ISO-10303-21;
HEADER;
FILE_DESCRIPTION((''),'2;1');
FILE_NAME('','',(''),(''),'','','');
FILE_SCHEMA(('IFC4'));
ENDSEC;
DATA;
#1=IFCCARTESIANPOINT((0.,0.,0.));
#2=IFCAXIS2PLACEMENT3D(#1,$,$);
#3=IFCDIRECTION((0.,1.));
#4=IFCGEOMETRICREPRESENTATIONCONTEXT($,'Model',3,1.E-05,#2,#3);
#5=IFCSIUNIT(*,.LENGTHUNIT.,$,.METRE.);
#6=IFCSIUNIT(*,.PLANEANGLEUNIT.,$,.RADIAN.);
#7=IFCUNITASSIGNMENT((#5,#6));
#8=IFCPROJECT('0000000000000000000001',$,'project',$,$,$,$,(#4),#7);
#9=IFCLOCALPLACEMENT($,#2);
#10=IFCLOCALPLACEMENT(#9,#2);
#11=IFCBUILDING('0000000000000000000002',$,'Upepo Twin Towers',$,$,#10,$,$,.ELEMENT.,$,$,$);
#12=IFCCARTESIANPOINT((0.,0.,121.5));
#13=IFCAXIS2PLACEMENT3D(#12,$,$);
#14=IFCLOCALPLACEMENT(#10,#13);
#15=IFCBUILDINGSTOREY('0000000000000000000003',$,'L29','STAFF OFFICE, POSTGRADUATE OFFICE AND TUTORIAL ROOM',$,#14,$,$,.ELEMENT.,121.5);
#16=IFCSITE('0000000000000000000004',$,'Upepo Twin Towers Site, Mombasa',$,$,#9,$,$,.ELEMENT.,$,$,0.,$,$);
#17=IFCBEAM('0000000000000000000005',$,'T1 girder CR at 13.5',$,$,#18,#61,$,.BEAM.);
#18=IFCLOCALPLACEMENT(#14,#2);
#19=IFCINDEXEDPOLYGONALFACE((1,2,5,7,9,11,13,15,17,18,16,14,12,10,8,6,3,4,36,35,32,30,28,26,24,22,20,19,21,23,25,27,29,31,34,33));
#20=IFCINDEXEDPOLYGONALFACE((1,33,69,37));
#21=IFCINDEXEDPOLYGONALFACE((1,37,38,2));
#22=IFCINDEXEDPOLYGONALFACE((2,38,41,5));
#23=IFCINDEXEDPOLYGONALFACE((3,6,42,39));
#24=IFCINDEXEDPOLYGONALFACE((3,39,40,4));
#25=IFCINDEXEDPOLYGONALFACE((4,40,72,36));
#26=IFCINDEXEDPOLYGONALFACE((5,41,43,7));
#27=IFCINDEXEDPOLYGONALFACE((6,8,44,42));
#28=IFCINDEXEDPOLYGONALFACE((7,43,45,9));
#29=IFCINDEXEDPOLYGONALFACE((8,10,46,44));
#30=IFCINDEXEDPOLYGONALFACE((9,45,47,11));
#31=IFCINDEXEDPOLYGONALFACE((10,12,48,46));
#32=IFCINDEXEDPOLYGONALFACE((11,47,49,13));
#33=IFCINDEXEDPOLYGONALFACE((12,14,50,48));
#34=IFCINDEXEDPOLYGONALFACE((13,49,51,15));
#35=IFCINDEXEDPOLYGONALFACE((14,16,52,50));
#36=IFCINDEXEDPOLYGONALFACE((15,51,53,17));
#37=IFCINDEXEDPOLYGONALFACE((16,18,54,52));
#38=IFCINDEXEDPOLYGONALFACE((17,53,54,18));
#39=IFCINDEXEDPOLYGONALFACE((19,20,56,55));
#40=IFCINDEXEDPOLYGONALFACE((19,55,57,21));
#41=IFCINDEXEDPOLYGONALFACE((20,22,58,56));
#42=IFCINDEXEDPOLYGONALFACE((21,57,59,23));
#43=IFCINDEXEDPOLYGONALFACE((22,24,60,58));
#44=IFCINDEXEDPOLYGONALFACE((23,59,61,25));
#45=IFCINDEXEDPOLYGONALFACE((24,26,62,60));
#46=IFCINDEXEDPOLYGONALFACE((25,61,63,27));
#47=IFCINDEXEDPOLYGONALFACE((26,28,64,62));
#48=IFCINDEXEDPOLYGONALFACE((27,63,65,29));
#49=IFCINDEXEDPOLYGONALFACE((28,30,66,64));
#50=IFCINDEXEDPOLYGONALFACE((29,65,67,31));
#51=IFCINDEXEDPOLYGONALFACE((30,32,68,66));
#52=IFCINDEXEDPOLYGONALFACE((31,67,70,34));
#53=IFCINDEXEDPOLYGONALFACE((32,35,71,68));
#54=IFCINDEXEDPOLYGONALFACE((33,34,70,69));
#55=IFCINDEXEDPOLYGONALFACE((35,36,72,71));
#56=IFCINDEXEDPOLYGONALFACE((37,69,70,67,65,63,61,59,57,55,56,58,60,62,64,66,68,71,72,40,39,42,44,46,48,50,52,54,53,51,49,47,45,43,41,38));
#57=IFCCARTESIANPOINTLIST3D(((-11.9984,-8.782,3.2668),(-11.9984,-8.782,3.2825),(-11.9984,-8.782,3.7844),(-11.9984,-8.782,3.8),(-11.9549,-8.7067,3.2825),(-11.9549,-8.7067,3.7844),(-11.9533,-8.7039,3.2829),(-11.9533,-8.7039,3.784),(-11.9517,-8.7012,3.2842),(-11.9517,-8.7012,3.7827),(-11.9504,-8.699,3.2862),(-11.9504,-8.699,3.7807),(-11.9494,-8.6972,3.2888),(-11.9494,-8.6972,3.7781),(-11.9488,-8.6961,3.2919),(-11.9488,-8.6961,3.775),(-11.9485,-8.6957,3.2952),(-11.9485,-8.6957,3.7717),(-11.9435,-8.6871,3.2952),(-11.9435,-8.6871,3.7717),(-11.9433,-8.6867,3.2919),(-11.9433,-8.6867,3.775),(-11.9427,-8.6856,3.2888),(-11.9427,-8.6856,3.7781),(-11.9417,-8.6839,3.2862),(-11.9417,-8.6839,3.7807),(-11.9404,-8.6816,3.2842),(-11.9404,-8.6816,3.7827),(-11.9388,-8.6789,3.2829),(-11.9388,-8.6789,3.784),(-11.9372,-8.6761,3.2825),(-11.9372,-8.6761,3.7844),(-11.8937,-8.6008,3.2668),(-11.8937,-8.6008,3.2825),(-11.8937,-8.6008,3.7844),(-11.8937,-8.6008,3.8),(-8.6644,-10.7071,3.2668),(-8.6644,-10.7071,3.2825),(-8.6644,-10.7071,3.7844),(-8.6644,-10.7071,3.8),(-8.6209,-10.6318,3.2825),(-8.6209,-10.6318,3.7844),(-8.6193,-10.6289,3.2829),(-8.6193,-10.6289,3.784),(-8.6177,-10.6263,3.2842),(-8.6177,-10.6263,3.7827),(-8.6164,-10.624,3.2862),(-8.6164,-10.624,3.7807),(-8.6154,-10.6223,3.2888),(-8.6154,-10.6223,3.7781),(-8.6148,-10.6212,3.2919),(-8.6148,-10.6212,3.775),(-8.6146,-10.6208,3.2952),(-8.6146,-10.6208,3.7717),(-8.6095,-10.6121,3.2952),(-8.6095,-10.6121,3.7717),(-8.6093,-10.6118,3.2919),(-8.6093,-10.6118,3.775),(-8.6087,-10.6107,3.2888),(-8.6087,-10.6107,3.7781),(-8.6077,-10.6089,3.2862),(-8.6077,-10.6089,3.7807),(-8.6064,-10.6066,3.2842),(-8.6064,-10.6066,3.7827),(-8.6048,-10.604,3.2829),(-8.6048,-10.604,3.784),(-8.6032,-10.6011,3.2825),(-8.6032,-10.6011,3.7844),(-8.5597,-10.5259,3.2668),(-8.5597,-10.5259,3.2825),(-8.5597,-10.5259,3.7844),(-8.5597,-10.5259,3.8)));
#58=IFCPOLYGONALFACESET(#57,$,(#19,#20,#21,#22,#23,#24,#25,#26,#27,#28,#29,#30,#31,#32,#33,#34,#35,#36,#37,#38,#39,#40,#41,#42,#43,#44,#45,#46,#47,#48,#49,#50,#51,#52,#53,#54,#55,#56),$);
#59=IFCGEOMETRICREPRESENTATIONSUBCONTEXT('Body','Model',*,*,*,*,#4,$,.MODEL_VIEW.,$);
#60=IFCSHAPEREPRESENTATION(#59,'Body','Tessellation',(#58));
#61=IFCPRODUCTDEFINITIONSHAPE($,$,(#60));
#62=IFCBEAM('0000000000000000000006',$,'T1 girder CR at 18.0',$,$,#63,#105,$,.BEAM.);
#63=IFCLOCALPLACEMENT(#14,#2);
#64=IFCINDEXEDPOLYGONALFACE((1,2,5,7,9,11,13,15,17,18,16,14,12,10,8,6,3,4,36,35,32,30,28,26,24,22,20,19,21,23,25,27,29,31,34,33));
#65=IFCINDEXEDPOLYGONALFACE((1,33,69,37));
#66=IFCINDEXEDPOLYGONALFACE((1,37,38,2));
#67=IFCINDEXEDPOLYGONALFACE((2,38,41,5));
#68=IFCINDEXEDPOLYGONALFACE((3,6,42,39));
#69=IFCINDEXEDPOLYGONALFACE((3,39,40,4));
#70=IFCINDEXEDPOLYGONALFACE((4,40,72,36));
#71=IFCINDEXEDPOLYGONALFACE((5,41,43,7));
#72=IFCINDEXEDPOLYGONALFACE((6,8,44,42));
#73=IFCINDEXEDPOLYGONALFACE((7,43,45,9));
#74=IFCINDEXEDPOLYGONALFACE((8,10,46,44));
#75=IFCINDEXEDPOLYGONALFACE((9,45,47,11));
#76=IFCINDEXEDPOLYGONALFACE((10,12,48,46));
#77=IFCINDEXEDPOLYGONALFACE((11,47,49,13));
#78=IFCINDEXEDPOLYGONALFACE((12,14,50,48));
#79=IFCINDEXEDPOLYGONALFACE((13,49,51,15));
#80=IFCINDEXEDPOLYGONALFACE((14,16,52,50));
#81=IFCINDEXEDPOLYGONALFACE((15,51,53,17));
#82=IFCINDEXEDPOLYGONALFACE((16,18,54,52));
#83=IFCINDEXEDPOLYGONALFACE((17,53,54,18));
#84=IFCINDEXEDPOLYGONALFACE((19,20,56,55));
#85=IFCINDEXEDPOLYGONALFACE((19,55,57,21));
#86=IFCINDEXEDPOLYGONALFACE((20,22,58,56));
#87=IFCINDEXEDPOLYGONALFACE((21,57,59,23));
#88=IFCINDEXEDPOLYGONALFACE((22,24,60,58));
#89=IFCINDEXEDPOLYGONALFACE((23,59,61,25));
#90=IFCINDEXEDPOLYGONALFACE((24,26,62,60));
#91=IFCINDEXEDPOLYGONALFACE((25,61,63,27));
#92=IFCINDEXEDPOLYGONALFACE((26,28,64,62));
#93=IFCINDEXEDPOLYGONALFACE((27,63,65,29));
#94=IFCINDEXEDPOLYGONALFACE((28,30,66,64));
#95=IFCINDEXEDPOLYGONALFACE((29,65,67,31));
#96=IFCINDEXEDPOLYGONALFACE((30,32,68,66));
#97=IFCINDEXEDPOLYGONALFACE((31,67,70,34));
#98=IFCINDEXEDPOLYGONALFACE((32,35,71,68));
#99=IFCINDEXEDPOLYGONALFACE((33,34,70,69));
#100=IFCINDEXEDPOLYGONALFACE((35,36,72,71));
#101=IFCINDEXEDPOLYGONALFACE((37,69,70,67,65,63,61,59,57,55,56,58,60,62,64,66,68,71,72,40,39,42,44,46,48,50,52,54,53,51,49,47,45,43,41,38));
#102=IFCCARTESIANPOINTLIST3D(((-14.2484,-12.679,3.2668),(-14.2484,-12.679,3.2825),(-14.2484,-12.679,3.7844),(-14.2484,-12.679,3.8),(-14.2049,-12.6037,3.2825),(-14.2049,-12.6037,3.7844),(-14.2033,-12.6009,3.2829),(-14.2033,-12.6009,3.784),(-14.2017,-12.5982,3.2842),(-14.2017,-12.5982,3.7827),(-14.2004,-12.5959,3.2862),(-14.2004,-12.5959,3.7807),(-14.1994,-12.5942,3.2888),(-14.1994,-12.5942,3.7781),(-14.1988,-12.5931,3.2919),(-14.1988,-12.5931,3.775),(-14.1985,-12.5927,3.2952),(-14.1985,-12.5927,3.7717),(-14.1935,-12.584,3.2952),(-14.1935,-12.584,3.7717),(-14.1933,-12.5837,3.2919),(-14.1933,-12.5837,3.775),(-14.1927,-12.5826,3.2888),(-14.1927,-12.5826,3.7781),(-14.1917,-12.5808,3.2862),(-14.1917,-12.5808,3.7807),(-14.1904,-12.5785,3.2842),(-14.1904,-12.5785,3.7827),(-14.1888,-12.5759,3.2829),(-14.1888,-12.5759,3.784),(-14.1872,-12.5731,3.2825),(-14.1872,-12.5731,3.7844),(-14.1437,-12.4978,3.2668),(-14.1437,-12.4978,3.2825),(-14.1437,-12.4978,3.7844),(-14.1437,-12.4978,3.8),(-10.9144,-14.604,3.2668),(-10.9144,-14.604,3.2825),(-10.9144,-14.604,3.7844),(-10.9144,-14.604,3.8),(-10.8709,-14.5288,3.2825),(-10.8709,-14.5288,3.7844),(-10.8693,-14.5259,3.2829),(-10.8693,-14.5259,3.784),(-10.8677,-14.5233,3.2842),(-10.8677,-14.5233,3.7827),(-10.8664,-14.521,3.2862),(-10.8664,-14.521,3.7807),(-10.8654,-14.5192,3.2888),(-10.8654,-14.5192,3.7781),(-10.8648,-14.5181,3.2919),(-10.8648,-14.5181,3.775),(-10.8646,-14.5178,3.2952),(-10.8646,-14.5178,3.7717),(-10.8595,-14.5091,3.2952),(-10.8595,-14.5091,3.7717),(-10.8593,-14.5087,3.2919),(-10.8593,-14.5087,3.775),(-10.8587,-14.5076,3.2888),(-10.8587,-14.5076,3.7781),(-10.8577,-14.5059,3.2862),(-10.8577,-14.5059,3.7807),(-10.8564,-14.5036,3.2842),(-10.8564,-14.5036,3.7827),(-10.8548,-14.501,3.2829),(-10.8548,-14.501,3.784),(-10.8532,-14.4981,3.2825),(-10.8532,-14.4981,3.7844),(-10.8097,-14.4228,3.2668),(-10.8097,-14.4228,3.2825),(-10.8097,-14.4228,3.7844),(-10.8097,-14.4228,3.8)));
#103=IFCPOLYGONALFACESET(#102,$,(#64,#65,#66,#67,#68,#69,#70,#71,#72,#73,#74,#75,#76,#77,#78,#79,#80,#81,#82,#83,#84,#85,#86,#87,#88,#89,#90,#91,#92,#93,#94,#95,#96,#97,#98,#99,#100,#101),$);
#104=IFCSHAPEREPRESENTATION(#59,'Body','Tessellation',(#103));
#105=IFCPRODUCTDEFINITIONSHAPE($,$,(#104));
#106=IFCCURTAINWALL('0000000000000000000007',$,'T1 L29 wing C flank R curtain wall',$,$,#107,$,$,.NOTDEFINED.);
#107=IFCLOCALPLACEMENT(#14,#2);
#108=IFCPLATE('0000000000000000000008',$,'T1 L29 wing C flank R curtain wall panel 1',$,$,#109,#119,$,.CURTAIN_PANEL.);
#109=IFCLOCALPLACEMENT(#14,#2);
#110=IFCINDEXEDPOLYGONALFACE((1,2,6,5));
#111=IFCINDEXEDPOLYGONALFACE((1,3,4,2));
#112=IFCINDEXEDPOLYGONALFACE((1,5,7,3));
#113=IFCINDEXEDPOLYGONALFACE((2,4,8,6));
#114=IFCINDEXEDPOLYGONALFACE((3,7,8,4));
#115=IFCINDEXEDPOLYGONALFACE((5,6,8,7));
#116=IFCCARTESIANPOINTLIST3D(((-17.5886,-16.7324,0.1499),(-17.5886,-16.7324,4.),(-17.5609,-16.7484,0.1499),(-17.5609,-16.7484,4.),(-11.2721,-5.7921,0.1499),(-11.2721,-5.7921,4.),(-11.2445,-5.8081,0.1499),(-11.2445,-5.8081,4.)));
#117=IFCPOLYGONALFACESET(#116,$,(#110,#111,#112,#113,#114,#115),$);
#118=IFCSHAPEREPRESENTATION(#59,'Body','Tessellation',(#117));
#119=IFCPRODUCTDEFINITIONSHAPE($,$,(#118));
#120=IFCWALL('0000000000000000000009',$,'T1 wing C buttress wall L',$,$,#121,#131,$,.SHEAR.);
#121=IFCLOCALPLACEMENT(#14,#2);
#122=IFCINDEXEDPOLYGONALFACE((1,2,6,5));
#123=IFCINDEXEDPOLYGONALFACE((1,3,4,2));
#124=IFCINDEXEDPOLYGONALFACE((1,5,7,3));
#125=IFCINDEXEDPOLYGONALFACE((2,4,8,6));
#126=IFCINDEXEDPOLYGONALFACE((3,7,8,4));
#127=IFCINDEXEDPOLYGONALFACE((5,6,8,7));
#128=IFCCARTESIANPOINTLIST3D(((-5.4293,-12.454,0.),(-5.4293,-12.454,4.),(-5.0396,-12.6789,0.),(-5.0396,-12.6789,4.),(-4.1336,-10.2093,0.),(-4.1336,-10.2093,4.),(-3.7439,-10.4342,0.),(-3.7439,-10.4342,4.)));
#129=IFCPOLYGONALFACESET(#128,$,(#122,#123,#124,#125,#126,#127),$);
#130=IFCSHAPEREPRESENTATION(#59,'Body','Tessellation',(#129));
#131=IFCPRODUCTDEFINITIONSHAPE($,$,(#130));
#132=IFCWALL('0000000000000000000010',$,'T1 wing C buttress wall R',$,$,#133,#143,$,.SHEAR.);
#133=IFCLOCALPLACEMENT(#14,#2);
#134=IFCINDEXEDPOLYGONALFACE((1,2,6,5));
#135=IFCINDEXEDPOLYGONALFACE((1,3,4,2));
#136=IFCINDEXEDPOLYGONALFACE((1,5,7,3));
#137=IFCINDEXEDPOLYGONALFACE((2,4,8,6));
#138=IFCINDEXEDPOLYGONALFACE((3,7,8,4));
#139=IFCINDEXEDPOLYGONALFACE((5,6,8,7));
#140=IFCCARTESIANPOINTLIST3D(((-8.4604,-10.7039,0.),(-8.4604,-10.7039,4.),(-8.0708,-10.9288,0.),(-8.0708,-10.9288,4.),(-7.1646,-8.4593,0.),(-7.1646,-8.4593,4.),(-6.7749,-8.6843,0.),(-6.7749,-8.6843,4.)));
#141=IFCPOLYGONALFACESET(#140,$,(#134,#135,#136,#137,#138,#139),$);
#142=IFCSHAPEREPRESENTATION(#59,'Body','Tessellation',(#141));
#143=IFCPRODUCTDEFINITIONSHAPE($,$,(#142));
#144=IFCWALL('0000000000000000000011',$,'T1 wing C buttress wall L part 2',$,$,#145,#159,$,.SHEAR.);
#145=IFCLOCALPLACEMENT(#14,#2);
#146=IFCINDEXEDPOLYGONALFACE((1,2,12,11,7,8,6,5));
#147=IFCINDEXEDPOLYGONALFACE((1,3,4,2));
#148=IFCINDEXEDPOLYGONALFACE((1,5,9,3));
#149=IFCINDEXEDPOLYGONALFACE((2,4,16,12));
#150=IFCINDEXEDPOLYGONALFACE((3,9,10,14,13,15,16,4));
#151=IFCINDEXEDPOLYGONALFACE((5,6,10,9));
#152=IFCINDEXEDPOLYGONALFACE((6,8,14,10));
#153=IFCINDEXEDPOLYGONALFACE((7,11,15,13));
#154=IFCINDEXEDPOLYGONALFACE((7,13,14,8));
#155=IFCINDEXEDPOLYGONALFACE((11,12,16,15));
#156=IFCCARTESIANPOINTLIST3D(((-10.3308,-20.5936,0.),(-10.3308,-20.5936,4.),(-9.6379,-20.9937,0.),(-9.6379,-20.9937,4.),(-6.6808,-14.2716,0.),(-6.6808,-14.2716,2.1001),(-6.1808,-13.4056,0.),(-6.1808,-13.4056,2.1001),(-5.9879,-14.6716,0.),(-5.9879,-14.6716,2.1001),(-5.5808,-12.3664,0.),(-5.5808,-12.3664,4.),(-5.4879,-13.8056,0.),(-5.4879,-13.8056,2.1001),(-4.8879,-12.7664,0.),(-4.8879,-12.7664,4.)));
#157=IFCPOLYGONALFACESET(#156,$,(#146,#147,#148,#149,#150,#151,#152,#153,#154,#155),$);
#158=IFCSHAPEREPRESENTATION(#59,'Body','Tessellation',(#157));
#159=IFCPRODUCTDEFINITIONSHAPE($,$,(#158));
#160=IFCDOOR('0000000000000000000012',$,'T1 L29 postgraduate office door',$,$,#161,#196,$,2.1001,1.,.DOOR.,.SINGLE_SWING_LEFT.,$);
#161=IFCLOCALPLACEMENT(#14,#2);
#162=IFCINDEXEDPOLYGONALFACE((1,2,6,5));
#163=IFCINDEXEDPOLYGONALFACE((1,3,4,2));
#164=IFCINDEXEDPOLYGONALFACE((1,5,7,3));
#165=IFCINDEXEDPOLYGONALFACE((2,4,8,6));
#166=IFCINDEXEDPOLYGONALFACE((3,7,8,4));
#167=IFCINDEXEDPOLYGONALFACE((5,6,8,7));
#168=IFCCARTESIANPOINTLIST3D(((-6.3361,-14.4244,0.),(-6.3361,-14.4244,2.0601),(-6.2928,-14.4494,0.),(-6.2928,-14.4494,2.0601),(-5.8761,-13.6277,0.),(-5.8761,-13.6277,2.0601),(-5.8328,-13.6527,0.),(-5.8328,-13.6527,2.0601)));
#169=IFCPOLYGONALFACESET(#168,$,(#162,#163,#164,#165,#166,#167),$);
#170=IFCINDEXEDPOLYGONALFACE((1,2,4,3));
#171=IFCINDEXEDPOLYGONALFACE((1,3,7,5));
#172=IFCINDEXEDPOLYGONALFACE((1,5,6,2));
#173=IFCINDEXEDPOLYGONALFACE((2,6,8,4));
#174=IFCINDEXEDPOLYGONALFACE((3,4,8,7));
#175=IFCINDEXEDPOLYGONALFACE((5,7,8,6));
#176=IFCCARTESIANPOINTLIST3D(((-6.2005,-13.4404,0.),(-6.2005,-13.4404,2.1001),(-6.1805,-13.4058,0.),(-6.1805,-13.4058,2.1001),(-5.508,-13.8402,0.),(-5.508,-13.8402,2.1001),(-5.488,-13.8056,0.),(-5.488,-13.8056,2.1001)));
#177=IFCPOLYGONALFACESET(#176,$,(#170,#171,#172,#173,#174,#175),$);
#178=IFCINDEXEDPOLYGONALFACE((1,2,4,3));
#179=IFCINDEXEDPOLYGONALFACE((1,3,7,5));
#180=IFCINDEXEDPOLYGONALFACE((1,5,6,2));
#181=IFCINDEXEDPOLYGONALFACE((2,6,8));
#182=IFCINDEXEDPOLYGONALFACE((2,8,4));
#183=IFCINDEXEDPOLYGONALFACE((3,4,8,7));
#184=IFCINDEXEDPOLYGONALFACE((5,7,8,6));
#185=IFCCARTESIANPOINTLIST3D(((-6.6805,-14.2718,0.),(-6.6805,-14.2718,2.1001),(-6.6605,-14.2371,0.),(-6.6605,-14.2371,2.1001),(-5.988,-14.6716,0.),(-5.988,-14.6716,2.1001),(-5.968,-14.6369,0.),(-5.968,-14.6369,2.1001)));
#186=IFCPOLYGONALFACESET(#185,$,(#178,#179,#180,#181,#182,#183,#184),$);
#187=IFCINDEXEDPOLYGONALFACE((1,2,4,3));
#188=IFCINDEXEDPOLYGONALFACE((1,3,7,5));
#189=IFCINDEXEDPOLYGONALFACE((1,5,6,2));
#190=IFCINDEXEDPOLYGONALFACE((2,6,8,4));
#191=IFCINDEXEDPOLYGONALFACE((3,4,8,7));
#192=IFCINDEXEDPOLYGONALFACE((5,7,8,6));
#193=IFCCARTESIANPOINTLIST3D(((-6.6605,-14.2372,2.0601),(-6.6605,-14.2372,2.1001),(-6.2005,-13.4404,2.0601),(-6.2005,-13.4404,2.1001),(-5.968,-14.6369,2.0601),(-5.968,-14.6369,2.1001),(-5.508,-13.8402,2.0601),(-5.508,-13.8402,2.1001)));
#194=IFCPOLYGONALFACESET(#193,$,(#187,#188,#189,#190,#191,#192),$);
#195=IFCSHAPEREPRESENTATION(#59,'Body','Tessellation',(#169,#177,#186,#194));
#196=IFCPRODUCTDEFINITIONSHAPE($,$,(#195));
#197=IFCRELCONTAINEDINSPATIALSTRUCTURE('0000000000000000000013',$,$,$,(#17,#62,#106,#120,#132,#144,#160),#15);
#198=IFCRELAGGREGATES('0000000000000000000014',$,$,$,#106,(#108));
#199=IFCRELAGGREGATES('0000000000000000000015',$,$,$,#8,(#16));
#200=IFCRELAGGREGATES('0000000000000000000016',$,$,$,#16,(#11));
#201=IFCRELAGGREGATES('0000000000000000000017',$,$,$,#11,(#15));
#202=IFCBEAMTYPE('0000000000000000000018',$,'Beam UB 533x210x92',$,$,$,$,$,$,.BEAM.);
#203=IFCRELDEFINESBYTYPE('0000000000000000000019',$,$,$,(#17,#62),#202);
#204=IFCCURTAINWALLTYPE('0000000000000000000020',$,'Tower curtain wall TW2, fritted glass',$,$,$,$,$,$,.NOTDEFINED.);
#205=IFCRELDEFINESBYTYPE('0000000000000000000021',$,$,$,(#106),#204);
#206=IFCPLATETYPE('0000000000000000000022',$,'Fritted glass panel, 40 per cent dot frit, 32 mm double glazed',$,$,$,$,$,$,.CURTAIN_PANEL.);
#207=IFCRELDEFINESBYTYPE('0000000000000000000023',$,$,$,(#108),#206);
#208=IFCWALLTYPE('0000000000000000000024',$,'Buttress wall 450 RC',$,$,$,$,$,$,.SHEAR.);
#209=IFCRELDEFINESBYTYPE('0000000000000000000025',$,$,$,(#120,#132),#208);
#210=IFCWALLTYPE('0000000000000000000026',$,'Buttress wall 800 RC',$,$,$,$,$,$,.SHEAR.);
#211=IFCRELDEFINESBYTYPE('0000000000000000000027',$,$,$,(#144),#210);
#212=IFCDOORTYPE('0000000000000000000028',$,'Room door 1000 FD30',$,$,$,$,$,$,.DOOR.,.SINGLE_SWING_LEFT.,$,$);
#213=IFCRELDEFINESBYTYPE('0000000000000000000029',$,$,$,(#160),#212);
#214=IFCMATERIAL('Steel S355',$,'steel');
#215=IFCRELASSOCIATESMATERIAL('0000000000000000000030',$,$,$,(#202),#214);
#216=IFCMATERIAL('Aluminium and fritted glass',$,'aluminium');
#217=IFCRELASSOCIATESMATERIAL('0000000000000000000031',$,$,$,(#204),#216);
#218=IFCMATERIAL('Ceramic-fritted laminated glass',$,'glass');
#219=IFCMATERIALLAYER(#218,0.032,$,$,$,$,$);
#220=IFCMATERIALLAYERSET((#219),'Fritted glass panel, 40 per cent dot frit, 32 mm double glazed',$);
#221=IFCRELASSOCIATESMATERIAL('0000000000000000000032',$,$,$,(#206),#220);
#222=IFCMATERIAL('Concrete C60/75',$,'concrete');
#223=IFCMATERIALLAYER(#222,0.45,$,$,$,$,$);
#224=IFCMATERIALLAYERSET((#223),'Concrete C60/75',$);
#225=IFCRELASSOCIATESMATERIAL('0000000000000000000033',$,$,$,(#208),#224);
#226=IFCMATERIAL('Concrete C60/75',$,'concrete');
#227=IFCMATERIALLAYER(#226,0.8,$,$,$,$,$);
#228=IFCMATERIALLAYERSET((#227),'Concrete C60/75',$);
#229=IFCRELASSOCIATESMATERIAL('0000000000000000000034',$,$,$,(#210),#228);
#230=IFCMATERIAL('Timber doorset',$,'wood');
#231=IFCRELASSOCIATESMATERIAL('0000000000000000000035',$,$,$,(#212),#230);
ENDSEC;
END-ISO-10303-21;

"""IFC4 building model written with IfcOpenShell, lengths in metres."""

from ifc_helpers import new_model, si_unit, direction, frame, frame_2d, origin, origin_2d, place, context, subcontext, project, spatial, rectangle, i_section, extrude, material, layer, layer_set, material_profile, profile_set, type_object, element, fill, aggregate, save


model = new_model("IFC4")

# Units and contexts
model_context = context("Model", 3, precision=1e-05, world=origin(), true_north=direction((0.0, 1.0)))
body_context = subcontext(model_context, "Body", "Model", "MODEL_VIEW")
ifc_project = project(units=[si_unit("LENGTHUNIT", "METRE"), si_unit("PLANEANGLEUNIT", "RADIAN")], contexts=[model_context])

# Site, building, storey
site_placement = place(None, origin())
site = spatial("IfcSite", under=ifc_project, at=site_placement, Name="Upepo Twin Towers Site, Mombasa", CompositionType="ELEMENT", RefElevation=0.0)
building_placement = place(site_placement, origin())
building = spatial("IfcBuilding", under=site, at=building_placement, Name="Upepo Twin Towers", CompositionType="ELEMENT")
storey_placement = place(building_placement, frame((0.0, 0.0, 121.5)))
storey = spatial("IfcBuildingStorey", under=building, at=storey_placement, Name="L29", Description="STAFF OFFICE, POSTGRADUATE OFFICE AND TUTORIAL ROOM", CompositionType="ELEMENT", Elevation=121.5)

# Beams
ifc_material_1 = material(Name="Steel S355", Category="steel")
ifc_material_profile_1 = material_profile(ifc_material_1, i_section(OverallWidth=0.2092, OverallDepth=0.5332, WebThickness=0.01, FlangeThickness=0.0156, FilletRadius=0.0127, at=origin_2d()), Name="UB 533x210x92")
ifc_profile_set_1 = profile_set([ifc_material_profile_1], Name="Steel S355")
beam_type_1 = type_object("IfcBeamType", Name="Beam UB 533x210x92", PredefinedType="BEAM", material=ifc_profile_set_1)
for number, where, z_axis, x_axis, name in (
    (1, (-11.946, -8.6914, 3.5334), (0.866006, -0.500034, 0.0), (0.500034, 0.866006, 0.0), "T1 girder CR at 13.5"),
    (2, (-14.196, -12.5884, 3.5334), (0.866006, -0.500034, 0.0), (0.500034, 0.866006, 0.0), "T1 girder CR at 18.0"),
):
    element("IfcBeam", number, at=place(storey_placement, frame(where, z_axis=z_axis, x_axis=x_axis)), inside=storey, type_object=beam_type_1, Name=name, PredefinedType="BEAM", context=body_context, shape_type="SweptSolid", body=[
        extrude(i_section(OverallWidth=0.2092, OverallDepth=0.5332, WebThickness=0.01, FlangeThickness=0.0156, FilletRadius=0.0127, at=origin_2d()), origin(), (0.0, 0.0, 1.0), 3.8499),
    ])

# Curtain wall, plate
ifc_material_2 = material(Name="Aluminium and fritted glass", Category="aluminium")
curtain_wall_type = type_object("IfcCurtainWallType", Name="Tower curtain wall TW2, fritted glass", PredefinedType="NOTDEFINED", material=ifc_material_2)
curtain_wall_placement = place(storey_placement, origin())
curtain_wall = element("IfcCurtainWall", 3, at=curtain_wall_placement, inside=storey, type_object=curtain_wall_type, Name="T1 L29 wing C flank R curtain wall", PredefinedType="NOTDEFINED")
ifc_material_3 = material(Name="Ceramic-fritted laminated glass", Category="glass")
ifc_layer_1 = layer(ifc_material_3, 0.032)
ifc_layer_set_1 = layer_set([ifc_layer_1], Name="Fritted glass panel, 40 per cent dot frit, 32 mm double glazed")
plate_type = type_object("IfcPlateType", Name="Fritted glass panel, 40 per cent dot frit, 32 mm double glazed", PredefinedType="CURTAIN_PANEL", material=ifc_layer_set_1)
plate_placement = place(storey_placement, frame((-14.4165, -11.2703, 0.1499), z_axis=(0.0, 0.0, 1.0), x_axis=(0.5, 0.866025, 0.0)))
plate = element("IfcPlate", 4, at=plate_placement, type_object=plate_type, Name="T1 L29 wing C flank R curtain wall panel 1", PredefinedType="CURTAIN_PANEL", context=body_context, shape_type="SweptSolid", body=[
    extrude(rectangle(XDim=12.6328, YDim=0.032, at=origin_2d()), origin(), (0.0, 0.0, 1.0), 3.8501),
])
aggregate(curtain_wall, [plate])

# Walls
ifc_material_4 = material(Name="Concrete C60/75", Category="concrete")
ifc_layer_2 = layer(ifc_material_4, 0.45)
ifc_layer_set_2 = layer_set([ifc_layer_2], Name="Concrete C60/75")
wall_type_1 = type_object("IfcWallType", Name="Buttress wall 450 RC", PredefinedType="SHEAR", material=ifc_layer_set_2)
for number, where, z_axis, x_axis, name in (
    (5, (-3.9387, -10.3218, 0.0), (0.0, 0.0, 1.0), (-0.499918, -0.866073, 0.0), "T1 wing C buttress wall L"),
    (6, (-6.9697, -8.5718, 0.0), (0.0, 0.0, 1.0), (-0.499989, -0.866032, 0.0), "T1 wing C buttress wall R"),
):
    element("IfcWall", number, at=place(storey_placement, frame(where, z_axis=z_axis, x_axis=x_axis)), inside=storey, type_object=wall_type_1, Name=name, PredefinedType="SHEAR", context=body_context, shape_type="SweptSolid", body=[
        extrude(rectangle(XDim=2.5918, YDim=0.45, at=frame_2d((1.2959, 0.0))), origin(), (0.0, 0.0, 1.0), 4.0),
    ])

# Wall, opening, door
ifc_material_5 = material(Name="Concrete C60/75", Category="concrete")
ifc_layer_3 = layer(ifc_material_5, 0.8)
ifc_layer_set_3 = layer_set([ifc_layer_3], Name="Concrete C60/75")
wall_type_2 = type_object("IfcWallType", Name="Buttress wall 800 RC", PredefinedType="SHEAR", material=ifc_layer_set_3)
wall_1_placement = place(storey_placement, frame((-5.2344, -12.5664, 0.0), z_axis=(0.0, 0.0, 1.0), x_axis=(-0.499998, -0.866027, 0.0)))
wall_1 = element("IfcWall", 7, at=wall_1_placement, inside=storey, type_object=wall_type_2, Name="T1 wing C buttress wall L part 2", PredefinedType="SHEAR", context=body_context, shape_type="SweptSolid", body=[
    extrude(rectangle(XDim=9.5, YDim=0.8, at=frame_2d((4.75, 0.0))), origin(), (0.0, 0.0, 1.0), 4.0),
])
opening_1_placement = place(wall_1_placement, frame((1.2, 0.0, 0.0)))
opening_1 = element("IfcOpeningElement", 8, at=opening_1_placement, cuts=wall_1, PredefinedType="OPENING", context=body_context, shape_type="SweptSolid", body=[
    extrude(rectangle(XDim=1.0, YDim=2.1001, at=frame_2d((0.5, 1.05))), frame((0.0, 0.4099, 0.0), z_axis=(0.0, -1.0, 0.0), x_axis=(1.0, 0.0, 0.0)), (0.0, 0.0, 1.0), 0.8201),
])
ifc_material_6 = material(Name="Timber doorset", Category="wood")
door_type_1 = type_object("IfcDoorType", Name="Room door 1000 FD30", OperationType="SINGLE_SWING_LEFT", PredefinedType="DOOR", material=ifc_material_6)
door_1_placement = place(opening_1_placement, origin())
door_1 = element("IfcDoor", 9, at=door_1_placement, inside=storey, type_object=door_type_1, Name="T1 L29 postgraduate office door", OperationType="SINGLE_SWING_LEFT", OverallHeight=2.1001, OverallWidth=1.0, PredefinedType="DOOR", context=body_context, shape_type="SweptSolid", body=[
    extrude(rectangle(XDim=0.92, YDim=2.0601, at=frame_2d((0.5, 1.03))), frame((0.0, 0.0249, 0.0), z_axis=(0.0, -1.0, 0.0), x_axis=(1.0, 0.0, 0.0)), (0.0, 0.0, 1.0), 0.05),
    extrude(rectangle(XDim=0.04, YDim=2.1001, at=frame_2d((0.02, 1.05))), frame((0.0, 0.3999, 0.0), z_axis=(0.0, -1.0, 0.0), x_axis=(1.0, 0.0, 0.0)), (0.0, 0.0, 1.0), 0.7996),
    extrude(rectangle(XDim=0.04, YDim=2.1001, at=frame_2d((0.98, 1.05))), frame((0.0, 0.3999, 0.0), z_axis=(0.0, -1.0, 0.0), x_axis=(1.0, 0.0, 0.0)), (0.0, 0.0, 1.0), 0.7996),
    extrude(rectangle(XDim=0.92, YDim=0.04, at=frame_2d((0.5, 2.0801))), frame((0.0, 0.3999, 0.0), z_axis=(0.0, -1.0, 0.0), x_axis=(1.0, 0.0, 0.0)), (0.0, 0.0, 1.0), 0.7996),
])
fill(opening_1, door_1)

save(model, "model.ifc")
